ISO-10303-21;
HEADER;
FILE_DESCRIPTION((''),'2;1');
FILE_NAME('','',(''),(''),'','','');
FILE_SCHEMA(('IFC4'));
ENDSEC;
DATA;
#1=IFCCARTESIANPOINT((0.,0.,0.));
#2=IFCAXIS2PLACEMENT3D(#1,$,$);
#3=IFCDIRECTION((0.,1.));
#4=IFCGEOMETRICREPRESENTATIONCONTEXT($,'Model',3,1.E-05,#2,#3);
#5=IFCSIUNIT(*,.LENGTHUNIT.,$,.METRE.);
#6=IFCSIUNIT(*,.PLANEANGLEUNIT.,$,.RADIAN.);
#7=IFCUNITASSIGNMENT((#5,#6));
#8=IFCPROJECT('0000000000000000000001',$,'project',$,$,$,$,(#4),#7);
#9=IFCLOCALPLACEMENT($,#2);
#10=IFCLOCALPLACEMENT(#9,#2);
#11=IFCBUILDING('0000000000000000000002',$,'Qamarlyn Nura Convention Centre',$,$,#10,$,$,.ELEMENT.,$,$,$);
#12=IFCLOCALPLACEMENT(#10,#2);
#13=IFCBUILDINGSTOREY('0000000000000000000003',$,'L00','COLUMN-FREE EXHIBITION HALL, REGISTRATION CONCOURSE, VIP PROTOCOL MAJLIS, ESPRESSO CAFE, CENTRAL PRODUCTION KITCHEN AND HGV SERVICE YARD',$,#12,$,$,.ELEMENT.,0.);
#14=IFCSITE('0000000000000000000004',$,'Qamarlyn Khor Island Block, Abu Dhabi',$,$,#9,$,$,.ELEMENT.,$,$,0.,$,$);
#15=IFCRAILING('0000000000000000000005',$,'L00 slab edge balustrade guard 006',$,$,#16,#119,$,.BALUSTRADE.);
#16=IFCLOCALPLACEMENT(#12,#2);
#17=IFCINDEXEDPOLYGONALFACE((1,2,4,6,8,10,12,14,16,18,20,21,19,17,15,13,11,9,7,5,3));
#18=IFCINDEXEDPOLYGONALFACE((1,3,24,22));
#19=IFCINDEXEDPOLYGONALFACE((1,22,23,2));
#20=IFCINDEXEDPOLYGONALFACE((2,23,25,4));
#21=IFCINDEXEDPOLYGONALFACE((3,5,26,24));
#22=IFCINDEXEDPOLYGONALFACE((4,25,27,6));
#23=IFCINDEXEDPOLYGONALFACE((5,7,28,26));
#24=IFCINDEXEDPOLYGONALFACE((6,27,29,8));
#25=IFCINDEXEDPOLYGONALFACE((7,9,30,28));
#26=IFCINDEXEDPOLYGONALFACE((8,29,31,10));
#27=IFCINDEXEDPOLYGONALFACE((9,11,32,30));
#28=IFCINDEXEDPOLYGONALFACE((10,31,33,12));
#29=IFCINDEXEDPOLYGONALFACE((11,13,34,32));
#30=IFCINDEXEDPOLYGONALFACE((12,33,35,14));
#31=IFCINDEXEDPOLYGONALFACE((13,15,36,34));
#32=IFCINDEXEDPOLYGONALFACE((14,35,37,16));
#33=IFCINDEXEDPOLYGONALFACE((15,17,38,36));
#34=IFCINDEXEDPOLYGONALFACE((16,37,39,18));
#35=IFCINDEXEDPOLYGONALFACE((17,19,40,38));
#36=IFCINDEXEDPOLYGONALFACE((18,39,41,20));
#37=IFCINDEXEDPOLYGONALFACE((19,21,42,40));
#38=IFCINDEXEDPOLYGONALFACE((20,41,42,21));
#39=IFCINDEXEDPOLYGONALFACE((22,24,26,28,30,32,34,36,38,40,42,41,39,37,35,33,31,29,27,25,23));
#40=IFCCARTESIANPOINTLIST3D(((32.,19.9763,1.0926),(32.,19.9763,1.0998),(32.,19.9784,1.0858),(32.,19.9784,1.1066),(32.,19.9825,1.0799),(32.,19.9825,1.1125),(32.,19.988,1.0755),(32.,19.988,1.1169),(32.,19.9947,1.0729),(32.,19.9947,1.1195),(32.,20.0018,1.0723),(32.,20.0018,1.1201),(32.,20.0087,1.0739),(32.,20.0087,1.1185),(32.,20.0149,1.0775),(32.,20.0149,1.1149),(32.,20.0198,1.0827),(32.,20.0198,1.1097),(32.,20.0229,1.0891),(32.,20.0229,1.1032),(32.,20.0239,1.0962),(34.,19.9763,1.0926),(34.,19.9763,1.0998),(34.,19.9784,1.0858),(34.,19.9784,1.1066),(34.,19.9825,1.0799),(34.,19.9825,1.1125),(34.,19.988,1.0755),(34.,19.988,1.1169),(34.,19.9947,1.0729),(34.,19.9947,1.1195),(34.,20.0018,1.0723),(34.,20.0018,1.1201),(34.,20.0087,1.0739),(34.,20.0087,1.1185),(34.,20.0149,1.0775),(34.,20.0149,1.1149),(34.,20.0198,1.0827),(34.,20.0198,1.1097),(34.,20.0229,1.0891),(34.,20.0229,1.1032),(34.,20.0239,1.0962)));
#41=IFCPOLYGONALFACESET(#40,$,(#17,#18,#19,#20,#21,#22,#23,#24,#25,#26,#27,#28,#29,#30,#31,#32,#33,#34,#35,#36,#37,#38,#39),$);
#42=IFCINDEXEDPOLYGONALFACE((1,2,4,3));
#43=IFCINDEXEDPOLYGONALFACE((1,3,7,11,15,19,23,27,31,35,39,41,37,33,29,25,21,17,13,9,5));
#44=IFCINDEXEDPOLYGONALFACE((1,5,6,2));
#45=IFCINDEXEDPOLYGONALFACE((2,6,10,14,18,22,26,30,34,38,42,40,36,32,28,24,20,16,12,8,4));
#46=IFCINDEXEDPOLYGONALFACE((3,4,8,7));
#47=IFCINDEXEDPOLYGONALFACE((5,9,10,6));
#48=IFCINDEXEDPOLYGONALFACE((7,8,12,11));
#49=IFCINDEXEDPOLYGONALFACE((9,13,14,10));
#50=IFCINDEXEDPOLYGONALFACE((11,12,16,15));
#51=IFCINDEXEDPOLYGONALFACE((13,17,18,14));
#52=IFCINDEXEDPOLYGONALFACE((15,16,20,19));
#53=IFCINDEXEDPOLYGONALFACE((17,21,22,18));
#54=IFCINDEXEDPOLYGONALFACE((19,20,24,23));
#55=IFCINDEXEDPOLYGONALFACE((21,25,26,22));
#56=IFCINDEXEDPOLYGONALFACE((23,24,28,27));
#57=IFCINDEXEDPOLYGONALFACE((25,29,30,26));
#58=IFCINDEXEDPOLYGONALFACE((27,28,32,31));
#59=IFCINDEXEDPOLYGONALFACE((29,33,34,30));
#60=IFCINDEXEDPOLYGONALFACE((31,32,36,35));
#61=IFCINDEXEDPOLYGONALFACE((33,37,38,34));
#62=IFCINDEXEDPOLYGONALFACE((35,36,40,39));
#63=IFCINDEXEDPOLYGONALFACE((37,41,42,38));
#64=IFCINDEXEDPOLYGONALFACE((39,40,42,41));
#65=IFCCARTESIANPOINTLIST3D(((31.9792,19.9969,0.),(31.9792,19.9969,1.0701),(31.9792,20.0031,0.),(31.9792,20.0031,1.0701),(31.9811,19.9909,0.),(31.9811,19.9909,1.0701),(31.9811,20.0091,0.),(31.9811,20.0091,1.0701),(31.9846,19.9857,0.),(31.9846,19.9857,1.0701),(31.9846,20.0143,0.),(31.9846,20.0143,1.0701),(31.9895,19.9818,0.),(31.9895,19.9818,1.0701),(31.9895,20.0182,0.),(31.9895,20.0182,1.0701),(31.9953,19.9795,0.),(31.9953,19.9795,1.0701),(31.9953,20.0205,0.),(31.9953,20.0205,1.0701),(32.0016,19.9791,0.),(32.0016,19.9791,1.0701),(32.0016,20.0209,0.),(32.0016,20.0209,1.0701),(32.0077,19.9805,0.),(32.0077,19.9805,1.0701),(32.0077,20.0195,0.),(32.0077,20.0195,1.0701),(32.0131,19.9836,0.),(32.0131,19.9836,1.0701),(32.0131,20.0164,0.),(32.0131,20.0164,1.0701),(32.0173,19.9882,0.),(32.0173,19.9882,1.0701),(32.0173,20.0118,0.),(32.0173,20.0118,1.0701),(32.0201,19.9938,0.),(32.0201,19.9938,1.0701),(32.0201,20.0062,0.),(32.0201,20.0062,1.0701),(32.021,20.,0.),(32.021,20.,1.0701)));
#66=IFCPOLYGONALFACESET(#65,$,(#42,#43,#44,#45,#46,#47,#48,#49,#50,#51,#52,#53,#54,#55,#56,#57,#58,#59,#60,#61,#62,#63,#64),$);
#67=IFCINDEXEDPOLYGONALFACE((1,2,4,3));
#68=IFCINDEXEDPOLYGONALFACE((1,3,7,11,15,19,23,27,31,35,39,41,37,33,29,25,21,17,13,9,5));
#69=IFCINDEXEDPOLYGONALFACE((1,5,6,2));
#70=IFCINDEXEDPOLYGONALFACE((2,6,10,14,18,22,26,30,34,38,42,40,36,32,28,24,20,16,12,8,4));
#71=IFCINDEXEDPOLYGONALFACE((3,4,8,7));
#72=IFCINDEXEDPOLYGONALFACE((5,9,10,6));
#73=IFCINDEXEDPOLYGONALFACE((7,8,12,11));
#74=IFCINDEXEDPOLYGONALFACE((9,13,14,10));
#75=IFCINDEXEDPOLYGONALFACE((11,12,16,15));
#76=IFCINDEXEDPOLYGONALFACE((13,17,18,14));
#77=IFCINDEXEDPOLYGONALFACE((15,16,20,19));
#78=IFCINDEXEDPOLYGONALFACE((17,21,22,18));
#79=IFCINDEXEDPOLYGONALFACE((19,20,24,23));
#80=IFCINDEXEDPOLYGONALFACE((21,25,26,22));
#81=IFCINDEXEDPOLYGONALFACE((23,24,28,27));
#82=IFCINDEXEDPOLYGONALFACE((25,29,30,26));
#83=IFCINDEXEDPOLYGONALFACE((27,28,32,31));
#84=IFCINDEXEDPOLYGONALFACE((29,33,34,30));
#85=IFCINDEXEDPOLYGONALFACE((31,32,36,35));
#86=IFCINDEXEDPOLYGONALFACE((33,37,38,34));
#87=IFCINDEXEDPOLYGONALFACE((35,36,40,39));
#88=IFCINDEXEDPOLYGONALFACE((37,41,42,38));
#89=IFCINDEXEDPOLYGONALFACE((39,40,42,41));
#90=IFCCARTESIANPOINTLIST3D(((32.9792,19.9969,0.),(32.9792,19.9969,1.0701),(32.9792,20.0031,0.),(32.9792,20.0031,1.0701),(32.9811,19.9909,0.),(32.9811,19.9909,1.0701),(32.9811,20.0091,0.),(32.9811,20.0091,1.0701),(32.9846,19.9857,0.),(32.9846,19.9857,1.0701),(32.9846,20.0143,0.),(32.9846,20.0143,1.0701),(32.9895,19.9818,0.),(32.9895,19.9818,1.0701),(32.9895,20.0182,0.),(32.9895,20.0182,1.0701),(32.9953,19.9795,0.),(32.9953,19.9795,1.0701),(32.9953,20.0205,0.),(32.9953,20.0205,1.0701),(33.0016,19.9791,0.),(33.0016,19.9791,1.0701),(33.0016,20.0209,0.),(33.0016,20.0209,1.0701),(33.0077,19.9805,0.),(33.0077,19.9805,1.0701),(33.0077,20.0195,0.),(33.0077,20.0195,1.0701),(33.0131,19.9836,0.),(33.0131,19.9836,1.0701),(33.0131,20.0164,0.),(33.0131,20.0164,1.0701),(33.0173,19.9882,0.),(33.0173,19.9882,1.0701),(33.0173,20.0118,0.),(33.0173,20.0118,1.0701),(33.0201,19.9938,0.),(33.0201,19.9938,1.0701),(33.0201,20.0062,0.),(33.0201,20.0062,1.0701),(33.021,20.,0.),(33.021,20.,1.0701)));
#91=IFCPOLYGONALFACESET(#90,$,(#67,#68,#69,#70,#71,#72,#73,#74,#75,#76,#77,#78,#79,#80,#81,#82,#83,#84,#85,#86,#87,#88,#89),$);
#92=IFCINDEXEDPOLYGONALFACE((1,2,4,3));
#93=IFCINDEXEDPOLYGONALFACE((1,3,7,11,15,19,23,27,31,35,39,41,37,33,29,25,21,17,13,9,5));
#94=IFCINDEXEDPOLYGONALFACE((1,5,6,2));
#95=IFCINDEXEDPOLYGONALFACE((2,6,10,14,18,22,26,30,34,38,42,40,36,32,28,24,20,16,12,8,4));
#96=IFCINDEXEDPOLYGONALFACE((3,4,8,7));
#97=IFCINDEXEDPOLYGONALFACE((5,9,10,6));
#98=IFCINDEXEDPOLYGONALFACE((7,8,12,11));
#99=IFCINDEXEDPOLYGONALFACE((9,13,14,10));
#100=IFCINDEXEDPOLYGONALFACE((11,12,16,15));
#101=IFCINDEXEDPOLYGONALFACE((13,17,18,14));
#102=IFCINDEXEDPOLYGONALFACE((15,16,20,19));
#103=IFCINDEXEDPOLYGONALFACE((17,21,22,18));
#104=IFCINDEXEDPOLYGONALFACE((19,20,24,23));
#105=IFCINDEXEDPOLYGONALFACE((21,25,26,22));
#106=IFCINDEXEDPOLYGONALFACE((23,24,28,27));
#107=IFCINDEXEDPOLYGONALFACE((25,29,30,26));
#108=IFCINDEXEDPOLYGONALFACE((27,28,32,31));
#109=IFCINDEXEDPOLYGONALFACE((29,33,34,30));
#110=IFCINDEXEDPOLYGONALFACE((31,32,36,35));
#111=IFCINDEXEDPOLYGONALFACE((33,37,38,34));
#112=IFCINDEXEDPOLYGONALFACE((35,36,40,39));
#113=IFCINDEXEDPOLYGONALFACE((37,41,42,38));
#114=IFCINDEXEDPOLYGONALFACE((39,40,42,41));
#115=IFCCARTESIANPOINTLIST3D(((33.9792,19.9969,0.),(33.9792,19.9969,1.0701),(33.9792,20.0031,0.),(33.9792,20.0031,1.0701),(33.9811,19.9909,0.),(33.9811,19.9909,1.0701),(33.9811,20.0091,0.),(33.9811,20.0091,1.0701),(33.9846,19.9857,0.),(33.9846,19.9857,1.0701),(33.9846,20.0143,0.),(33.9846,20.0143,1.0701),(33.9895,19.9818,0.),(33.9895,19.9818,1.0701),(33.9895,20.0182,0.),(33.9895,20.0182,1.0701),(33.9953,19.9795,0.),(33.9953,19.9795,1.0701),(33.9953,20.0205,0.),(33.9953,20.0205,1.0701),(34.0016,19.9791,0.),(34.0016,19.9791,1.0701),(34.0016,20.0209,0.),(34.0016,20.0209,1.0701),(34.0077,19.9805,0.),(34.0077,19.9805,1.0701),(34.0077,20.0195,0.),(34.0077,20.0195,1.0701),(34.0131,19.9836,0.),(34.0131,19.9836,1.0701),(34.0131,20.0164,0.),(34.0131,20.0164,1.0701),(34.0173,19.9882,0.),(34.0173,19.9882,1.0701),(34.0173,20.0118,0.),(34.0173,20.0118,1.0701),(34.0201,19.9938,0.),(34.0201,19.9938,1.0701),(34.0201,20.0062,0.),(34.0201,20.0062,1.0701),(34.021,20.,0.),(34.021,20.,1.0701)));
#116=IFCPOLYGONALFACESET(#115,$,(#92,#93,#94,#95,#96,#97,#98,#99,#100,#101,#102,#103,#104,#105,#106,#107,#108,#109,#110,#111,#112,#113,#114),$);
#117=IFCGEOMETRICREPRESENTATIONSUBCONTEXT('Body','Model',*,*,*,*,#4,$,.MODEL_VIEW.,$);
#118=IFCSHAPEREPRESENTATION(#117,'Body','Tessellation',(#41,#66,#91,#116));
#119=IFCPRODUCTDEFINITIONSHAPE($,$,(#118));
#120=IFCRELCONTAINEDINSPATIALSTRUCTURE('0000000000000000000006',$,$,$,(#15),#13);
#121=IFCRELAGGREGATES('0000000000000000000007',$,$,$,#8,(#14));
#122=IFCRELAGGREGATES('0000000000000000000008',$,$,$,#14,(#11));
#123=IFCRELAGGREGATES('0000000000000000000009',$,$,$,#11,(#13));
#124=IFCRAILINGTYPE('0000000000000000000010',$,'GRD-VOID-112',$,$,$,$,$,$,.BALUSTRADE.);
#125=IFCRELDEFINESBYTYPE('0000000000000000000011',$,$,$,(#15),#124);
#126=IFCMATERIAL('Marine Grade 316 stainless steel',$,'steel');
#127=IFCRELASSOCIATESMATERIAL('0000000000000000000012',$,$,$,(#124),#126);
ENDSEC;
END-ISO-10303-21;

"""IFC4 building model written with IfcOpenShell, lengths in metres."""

from ifc_helpers import new_model, si_unit, direction, frame, origin, origin_2d, place, context, subcontext, project, spatial, circle, extrude, material, type_object, element, save


model = new_model("IFC4")

# Units and contexts
model_context = context("Model", 3, precision=1e-05, world=origin(), true_north=direction((0.0, 1.0)))
body_context = subcontext(model_context, "Body", "Model", "MODEL_VIEW")
ifc_project = project(units=[si_unit("LENGTHUNIT", "METRE"), si_unit("PLANEANGLEUNIT", "RADIAN")], contexts=[model_context])

# Site, building, storey
site_placement = place(None, origin())
site = spatial("IfcSite", under=ifc_project, at=site_placement, Name="Qamarlyn Khor Island Block, Abu Dhabi", CompositionType="ELEMENT", RefElevation=0.0)
building_placement = place(site_placement, origin())
building = spatial("IfcBuilding", under=site, at=building_placement, Name="Qamarlyn Nura Convention Centre", CompositionType="ELEMENT")
storey_placement = place(building_placement, origin())
storey = spatial("IfcBuildingStorey", under=building, at=storey_placement, Name="L00", Description="COLUMN-FREE EXHIBITION HALL, REGISTRATION CONCOURSE, VIP PROTOCOL MAJLIS, ESPRESSO CAFE, CENTRAL PRODUCTION KITCHEN AND HGV SERVICE YARD", CompositionType="ELEMENT", Elevation=0.0)

# Railing
ifc_material_1 = material(Name="Marine Grade 316 stainless steel", Category="steel")
railing_type = type_object("IfcRailingType", Name="GRD-VOID-112", PredefinedType="BALUSTRADE", material=ifc_material_1)
railing_1_placement = place(storey_placement, frame((32.0, 20.0, 0.0)))
element("IfcRailing", 1, at=railing_1_placement, inside=storey, type_object=railing_type, Name="L00 slab edge balustrade guard 006", PredefinedType="BALUSTRADE", context=body_context, shape_type="SweptSolid", body=[
    extrude(circle(Radius=0.0239, at=origin_2d()), frame((0.0, 0.0, 1.0962), z_axis=(1.0, 0.0, 0.0), x_axis=(0.0, 1.0, 0.0)), (0.0, 0.0, 1.0), 2.0),
    extrude(circle(Radius=0.021, at=origin_2d()), origin(), (0.0, 0.0, 1.0), 1.0701),
    extrude(circle(Radius=0.021, at=origin_2d()), frame((1.0, 0.0, 0.0)), (0.0, 0.0, 1.0), 1.0701),
    extrude(circle(Radius=0.021, at=origin_2d()), frame((2.0, 0.0, 0.0)), (0.0, 0.0, 1.0), 1.0701),
])

save(model, "model.ifc")
